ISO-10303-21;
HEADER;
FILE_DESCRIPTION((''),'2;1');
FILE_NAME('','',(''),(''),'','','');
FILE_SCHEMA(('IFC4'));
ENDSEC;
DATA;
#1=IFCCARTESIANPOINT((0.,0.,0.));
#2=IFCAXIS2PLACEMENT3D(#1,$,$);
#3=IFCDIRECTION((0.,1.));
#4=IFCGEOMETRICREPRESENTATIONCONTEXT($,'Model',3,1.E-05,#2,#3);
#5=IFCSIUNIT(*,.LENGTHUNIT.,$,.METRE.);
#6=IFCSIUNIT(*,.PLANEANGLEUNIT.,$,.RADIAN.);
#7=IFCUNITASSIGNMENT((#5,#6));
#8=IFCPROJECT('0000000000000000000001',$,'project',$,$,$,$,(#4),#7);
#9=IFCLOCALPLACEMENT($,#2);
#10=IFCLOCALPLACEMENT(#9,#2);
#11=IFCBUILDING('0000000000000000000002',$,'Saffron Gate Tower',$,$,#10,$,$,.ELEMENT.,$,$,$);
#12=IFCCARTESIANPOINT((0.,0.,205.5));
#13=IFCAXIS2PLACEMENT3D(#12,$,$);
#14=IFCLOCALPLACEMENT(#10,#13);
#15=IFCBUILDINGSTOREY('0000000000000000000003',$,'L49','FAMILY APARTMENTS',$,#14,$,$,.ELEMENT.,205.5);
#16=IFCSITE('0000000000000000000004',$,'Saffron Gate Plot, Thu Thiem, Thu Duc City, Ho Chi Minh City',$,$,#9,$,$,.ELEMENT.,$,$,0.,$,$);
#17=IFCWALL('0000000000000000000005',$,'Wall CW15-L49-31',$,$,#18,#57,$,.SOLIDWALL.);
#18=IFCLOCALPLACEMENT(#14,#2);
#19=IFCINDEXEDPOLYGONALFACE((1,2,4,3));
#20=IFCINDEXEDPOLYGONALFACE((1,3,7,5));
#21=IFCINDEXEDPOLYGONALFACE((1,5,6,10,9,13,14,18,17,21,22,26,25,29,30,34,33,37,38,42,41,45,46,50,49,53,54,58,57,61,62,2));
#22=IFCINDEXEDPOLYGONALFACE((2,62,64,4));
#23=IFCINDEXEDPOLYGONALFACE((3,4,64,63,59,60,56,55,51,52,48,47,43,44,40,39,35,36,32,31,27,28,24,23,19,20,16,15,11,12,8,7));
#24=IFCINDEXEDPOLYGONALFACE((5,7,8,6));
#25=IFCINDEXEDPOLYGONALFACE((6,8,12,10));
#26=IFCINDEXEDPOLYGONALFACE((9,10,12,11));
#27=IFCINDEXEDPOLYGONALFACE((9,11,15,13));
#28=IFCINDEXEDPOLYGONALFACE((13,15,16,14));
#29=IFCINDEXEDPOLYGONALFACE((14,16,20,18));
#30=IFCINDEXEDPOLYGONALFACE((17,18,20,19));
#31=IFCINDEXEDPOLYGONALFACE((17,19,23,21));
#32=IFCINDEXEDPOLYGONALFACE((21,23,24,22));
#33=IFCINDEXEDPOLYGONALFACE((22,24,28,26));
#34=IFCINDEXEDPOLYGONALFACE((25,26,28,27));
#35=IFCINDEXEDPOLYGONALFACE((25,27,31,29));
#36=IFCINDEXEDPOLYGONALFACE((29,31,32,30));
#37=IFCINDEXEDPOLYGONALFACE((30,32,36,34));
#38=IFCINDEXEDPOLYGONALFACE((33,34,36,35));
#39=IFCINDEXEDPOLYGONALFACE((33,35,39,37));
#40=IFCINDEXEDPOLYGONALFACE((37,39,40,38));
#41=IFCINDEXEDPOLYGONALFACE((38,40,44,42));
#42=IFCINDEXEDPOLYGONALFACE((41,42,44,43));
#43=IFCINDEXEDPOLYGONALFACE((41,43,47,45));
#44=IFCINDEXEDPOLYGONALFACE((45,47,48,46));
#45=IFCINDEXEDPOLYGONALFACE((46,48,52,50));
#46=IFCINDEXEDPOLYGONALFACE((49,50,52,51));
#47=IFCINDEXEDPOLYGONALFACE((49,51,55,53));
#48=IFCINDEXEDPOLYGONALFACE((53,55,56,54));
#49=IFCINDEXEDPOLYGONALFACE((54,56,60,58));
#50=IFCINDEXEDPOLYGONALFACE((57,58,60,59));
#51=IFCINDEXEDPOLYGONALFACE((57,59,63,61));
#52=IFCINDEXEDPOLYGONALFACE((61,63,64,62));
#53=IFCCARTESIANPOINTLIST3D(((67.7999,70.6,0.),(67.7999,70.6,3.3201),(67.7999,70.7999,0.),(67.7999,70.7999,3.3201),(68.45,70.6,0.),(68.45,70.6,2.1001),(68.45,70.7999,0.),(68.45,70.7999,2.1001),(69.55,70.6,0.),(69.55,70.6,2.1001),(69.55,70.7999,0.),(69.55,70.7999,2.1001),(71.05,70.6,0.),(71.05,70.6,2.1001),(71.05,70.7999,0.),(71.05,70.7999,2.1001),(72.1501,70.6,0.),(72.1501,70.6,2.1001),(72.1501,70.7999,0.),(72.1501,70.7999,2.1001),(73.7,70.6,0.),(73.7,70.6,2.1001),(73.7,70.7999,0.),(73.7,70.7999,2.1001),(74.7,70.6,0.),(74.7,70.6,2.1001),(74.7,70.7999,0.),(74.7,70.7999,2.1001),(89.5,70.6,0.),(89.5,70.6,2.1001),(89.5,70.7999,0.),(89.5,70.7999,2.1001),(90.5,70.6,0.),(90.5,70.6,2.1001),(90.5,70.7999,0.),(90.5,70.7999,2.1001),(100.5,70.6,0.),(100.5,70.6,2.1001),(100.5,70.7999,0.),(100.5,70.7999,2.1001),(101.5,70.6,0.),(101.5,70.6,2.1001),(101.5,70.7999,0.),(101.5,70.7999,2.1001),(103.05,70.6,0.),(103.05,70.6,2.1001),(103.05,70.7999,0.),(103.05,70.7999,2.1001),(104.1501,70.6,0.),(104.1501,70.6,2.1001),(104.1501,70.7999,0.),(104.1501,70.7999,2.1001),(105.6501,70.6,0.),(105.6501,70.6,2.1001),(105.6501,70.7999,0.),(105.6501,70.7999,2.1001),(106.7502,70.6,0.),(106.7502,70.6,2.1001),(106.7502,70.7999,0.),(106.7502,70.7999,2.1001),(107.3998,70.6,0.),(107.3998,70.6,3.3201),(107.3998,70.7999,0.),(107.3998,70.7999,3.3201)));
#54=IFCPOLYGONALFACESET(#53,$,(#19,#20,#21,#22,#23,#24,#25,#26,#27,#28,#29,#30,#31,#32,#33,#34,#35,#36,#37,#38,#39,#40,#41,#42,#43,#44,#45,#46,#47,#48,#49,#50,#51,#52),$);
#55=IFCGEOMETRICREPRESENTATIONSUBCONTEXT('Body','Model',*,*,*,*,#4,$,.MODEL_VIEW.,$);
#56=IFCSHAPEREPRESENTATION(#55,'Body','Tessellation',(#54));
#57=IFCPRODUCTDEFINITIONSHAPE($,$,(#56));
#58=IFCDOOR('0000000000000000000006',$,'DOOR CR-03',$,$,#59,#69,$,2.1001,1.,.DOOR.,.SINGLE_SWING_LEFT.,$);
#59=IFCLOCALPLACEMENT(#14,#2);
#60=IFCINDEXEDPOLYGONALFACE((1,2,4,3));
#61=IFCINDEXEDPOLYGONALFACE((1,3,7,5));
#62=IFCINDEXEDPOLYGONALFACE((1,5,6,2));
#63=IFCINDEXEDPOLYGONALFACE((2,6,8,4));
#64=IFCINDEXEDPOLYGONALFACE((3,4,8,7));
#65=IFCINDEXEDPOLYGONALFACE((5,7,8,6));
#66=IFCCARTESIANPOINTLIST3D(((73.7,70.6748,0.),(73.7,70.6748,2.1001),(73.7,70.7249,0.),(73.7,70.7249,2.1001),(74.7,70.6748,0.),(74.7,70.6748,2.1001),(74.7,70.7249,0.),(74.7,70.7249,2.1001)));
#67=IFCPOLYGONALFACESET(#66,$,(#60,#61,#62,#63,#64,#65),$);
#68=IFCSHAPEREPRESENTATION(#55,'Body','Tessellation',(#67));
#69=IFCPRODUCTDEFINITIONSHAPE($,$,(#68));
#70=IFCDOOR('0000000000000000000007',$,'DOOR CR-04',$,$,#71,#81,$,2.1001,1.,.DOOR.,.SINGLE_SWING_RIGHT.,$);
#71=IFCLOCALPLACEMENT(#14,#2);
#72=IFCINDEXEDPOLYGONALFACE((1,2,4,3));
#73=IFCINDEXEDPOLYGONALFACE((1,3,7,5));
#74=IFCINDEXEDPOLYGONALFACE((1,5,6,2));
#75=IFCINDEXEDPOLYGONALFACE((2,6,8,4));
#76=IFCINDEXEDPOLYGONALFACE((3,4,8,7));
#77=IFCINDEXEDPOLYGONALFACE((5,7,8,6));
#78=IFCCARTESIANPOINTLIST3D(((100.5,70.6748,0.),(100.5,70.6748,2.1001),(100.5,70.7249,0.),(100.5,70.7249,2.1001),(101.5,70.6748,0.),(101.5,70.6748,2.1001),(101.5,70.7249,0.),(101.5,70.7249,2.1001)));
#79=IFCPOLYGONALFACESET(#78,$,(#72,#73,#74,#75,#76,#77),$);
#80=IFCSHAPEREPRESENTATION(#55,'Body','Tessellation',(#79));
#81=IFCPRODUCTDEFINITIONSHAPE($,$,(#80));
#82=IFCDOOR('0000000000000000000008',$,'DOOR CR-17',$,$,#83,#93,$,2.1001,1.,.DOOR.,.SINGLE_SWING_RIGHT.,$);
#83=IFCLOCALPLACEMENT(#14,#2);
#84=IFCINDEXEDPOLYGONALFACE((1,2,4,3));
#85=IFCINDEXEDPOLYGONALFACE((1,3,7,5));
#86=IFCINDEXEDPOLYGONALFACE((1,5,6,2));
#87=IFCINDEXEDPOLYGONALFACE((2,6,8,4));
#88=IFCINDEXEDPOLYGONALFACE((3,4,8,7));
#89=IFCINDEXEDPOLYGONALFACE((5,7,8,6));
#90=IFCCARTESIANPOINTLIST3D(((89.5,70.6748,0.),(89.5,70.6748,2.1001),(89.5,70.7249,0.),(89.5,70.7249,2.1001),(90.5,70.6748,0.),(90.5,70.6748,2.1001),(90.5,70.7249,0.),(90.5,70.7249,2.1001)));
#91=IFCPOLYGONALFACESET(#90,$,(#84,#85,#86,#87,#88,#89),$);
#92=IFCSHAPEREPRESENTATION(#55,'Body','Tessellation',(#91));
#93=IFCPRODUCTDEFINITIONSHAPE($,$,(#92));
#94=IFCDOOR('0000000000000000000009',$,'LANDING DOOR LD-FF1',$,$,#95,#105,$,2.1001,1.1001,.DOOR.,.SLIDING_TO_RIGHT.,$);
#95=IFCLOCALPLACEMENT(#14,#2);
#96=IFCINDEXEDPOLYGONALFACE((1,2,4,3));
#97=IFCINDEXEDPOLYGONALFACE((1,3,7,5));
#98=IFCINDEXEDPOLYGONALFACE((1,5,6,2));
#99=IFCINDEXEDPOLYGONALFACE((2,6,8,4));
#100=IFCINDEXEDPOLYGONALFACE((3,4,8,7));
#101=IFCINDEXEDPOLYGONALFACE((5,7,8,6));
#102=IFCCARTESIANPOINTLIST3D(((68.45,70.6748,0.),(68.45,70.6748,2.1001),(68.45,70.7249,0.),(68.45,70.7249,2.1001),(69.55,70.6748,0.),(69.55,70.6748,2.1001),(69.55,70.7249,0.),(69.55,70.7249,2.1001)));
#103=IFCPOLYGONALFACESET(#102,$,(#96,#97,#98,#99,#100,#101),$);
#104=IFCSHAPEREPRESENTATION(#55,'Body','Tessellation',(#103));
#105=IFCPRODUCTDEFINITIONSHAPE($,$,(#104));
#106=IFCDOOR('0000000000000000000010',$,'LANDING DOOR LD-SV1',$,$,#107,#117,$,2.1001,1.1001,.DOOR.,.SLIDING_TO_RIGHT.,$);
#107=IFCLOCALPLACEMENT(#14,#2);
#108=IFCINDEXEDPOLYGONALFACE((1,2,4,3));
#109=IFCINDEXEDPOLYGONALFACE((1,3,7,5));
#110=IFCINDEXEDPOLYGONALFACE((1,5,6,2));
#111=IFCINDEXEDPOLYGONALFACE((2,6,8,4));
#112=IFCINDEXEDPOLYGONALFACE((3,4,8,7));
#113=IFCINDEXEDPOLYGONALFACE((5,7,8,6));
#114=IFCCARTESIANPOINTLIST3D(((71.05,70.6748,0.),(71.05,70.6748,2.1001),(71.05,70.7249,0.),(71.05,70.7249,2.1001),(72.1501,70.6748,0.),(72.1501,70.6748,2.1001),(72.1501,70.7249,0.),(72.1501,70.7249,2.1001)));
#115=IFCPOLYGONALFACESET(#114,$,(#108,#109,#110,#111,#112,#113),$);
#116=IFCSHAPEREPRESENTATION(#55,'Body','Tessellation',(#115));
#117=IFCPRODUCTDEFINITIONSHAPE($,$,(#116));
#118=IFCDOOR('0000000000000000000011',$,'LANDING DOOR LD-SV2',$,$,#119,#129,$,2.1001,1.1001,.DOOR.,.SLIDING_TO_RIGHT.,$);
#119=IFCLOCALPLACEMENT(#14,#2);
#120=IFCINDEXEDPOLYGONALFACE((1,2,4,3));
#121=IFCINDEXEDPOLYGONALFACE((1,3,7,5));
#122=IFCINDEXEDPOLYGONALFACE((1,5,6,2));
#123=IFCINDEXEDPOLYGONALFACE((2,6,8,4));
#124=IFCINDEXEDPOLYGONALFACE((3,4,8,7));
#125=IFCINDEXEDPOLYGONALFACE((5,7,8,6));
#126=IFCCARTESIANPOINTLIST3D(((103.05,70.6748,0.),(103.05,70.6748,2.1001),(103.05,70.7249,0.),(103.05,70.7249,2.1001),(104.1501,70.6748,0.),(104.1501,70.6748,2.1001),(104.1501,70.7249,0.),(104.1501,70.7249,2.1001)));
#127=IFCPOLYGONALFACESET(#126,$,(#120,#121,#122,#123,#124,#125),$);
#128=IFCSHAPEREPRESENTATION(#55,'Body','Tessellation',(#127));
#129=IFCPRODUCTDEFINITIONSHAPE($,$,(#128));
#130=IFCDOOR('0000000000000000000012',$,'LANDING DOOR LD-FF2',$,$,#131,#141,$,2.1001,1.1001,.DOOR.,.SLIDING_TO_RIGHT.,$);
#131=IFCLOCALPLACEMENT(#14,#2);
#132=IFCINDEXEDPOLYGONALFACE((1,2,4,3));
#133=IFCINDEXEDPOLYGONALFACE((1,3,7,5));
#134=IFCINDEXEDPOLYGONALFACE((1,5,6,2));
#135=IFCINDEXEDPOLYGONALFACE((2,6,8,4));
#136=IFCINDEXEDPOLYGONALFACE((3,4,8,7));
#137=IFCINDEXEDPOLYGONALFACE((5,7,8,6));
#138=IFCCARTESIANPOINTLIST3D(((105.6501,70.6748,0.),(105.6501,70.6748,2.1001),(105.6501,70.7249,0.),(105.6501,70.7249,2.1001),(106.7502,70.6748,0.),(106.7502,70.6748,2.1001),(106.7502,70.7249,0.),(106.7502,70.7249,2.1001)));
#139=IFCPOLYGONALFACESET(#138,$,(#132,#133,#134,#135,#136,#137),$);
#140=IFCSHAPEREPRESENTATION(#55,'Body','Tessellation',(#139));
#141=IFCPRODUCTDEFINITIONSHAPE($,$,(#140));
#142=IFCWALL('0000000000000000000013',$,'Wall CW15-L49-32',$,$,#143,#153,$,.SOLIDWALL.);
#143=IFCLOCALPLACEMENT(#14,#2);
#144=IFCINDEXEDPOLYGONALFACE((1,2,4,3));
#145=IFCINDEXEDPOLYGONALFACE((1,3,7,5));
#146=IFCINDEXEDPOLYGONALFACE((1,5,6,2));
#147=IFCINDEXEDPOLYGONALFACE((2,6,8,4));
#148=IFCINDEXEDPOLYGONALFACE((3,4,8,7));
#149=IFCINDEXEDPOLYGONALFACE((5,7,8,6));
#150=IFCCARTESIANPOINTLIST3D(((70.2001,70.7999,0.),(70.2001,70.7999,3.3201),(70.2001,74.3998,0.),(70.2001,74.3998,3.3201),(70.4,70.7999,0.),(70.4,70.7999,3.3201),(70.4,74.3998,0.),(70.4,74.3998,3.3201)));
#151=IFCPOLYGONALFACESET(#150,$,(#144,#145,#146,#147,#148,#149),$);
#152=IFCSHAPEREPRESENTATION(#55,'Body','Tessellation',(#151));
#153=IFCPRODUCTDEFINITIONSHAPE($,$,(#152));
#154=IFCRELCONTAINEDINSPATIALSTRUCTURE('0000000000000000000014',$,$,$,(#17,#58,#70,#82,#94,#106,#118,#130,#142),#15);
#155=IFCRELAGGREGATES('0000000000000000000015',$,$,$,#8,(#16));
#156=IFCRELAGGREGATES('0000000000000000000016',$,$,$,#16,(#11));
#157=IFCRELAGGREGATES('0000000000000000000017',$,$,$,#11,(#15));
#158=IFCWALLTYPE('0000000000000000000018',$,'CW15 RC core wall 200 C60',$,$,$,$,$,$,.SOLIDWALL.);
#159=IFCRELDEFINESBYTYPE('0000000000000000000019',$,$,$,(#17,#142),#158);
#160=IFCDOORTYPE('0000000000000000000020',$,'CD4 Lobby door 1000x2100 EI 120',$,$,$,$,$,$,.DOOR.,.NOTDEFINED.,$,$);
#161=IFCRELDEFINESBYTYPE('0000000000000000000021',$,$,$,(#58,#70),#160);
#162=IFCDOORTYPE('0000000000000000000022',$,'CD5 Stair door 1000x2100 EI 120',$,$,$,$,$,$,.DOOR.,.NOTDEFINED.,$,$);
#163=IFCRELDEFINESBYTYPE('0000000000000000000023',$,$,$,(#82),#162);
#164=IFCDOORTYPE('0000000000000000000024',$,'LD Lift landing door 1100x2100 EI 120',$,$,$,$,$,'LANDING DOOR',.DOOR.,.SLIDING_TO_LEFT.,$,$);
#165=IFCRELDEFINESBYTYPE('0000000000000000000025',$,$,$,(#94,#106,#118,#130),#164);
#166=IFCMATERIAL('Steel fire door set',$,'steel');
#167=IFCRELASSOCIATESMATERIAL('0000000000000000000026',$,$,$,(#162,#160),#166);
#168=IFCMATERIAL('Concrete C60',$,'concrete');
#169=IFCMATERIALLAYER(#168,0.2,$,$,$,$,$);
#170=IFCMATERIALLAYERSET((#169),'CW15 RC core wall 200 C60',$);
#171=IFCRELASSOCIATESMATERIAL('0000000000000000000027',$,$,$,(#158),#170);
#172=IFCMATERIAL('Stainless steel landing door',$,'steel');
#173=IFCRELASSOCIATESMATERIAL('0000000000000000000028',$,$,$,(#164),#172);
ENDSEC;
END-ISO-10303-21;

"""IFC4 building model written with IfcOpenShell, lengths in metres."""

from ifc_helpers import new_model, si_unit, direction, frame, frame_2d, origin, place, context, subcontext, project, spatial, rectangle, extrude, material, layer, layer_set, type_object, element, fill, save


model = new_model("IFC4")

# Units and contexts
model_context = context("Model", 3, precision=1e-05, world=origin(), true_north=direction((0.0, 1.0)))
body_context = subcontext(model_context, "Body", "Model", "MODEL_VIEW")
ifc_project = project(units=[si_unit("LENGTHUNIT", "METRE"), si_unit("PLANEANGLEUNIT", "RADIAN")], contexts=[model_context])

# Site, building, storey
site_placement = place(None, origin())
site = spatial("IfcSite", under=ifc_project, at=site_placement, Name="Saffron Gate Plot, Thu Thiem, Thu Duc City, Ho Chi Minh City", CompositionType="ELEMENT", RefElevation=0.0)
building_placement = place(site_placement, origin())
building = spatial("IfcBuilding", under=site, at=building_placement, Name="Saffron Gate Tower", CompositionType="ELEMENT")
storey_placement = place(building_placement, frame((0.0, 0.0, 205.5)))
storey = spatial("IfcBuildingStorey", under=building, at=storey_placement, Name="L49", Description="FAMILY APARTMENTS", CompositionType="ELEMENT", Elevation=205.5)

# Wall, openings, doors
ifc_material_1 = material(Name="Concrete C60", Category="concrete")
ifc_material_2 = material(Name="Steel fire door set", Category="steel")
door_type_1 = type_object("IfcDoorType", Name="CD5 Stair door 1000x2100 EI 120", OperationType="NOTDEFINED", PredefinedType="DOOR", material=ifc_material_2)
ifc_layer_1 = layer(ifc_material_1, 0.2)
ifc_layer_set_1 = layer_set([ifc_layer_1], Name="CW15 RC core wall 200 C60")
wall_type_1 = type_object("IfcWallType", Name="CW15 RC core wall 200 C60", PredefinedType="SOLIDWALL", material=ifc_layer_set_1)
wall_1_placement = place(storey_placement, frame((67.8, 70.7, 0.0), z_axis=(0.0, 0.0, 1.0), x_axis=(1.0, 0.0, 0.0)))
wall_1 = element("IfcWall", 1, at=wall_1_placement, inside=storey, type_object=wall_type_1, Name="Wall CW15-L49-31", PredefinedType="SOLIDWALL", context=body_context, shape_type="SweptSolid", body=[
    extrude(rectangle(XDim=39.5999, YDim=0.2, at=frame_2d((19.7998, 0.0))), origin(), (0.0, 0.0, 1.0), 3.3201),
])
opening_1_placement = place(wall_1_placement, frame((0.6499, 0.0, 0.0)))
opening_1 = element("IfcOpeningElement", 2, at=opening_1_placement, cuts=wall_1, PredefinedType="OPENING", context=body_context, shape_type="SweptSolid", body=[
    extrude(rectangle(XDim=1.1001, YDim=2.1001, at=frame_2d((0.55, 1.05))), frame((0.0, 0.1099, 0.0), z_axis=(0.0, -1.0, 0.0), x_axis=(1.0, 0.0, 0.0)), (0.0, 0.0, 1.0), 0.22),
])
opening_2_placement = place(wall_1_placement, frame((3.25, 0.0, 0.0)))
opening_2 = element("IfcOpeningElement", 3, at=opening_2_placement, cuts=wall_1, PredefinedType="OPENING", context=body_context, shape_type="SweptSolid", body=[
    extrude(rectangle(XDim=1.1001, YDim=2.1001, at=frame_2d((0.55, 1.05))), frame((0.0, 0.1099, 0.0), z_axis=(0.0, -1.0, 0.0), x_axis=(1.0, 0.0, 0.0)), (0.0, 0.0, 1.0), 0.22),
])
opening_3_placement = place(wall_1_placement, frame((5.8999, 0.0, 0.0)))
opening_3 = element("IfcOpeningElement", 4, at=opening_3_placement, cuts=wall_1, PredefinedType="OPENING", context=body_context, shape_type="SweptSolid", body=[
    extrude(rectangle(XDim=1.0, YDim=2.1001, at=frame_2d((0.5, 1.05))), frame((0.0, 0.1099, 0.0), z_axis=(0.0, -1.0, 0.0), x_axis=(1.0, 0.0, 0.0)), (0.0, 0.0, 1.0), 0.22),
])
opening_4_placement = place(wall_1_placement, frame((21.7, 0.0, 0.0)))
opening_4 = element("IfcOpeningElement", 5, at=opening_4_placement, cuts=wall_1, PredefinedType="OPENING", context=body_context, shape_type="SweptSolid", body=[
    extrude(rectangle(XDim=1.0, YDim=2.1001, at=frame_2d((0.5, 1.05))), frame((0.0, 0.1099, 0.0), z_axis=(0.0, -1.0, 0.0), x_axis=(1.0, 0.0, 0.0)), (0.0, 0.0, 1.0), 0.22),
])
opening_5_placement = place(wall_1_placement, frame((32.7, 0.0, 0.0)))
opening_5 = element("IfcOpeningElement", 6, at=opening_5_placement, cuts=wall_1, PredefinedType="OPENING", context=body_context, shape_type="SweptSolid", body=[
    extrude(rectangle(XDim=1.0, YDim=2.1001, at=frame_2d((0.5, 1.05))), frame((0.0, 0.1099, 0.0), z_axis=(0.0, -1.0, 0.0), x_axis=(1.0, 0.0, 0.0)), (0.0, 0.0, 1.0), 0.22),
])
opening_6_placement = place(wall_1_placement, frame((35.25, 0.0, 0.0)))
opening_6 = element("IfcOpeningElement", 7, at=opening_6_placement, cuts=wall_1, PredefinedType="OPENING", context=body_context, shape_type="SweptSolid", body=[
    extrude(rectangle(XDim=1.1001, YDim=2.1001, at=frame_2d((0.55, 1.05))), frame((0.0, 0.1099, 0.0), z_axis=(0.0, -1.0, 0.0), x_axis=(1.0, 0.0, 0.0)), (0.0, 0.0, 1.0), 0.22),
])
opening_7_placement = place(wall_1_placement, frame((37.8501, 0.0, 0.0)))
opening_7 = element("IfcOpeningElement", 8, at=opening_7_placement, cuts=wall_1, PredefinedType="OPENING", context=body_context, shape_type="SweptSolid", body=[
    extrude(rectangle(XDim=1.1001, YDim=2.1001, at=frame_2d((0.55, 1.05))), frame((0.0, 0.1099, 0.0), z_axis=(0.0, -1.0, 0.0), x_axis=(1.0, 0.0, 0.0)), (0.0, 0.0, 1.0), 0.22),
])
door_type_2 = type_object("IfcDoorType", Name="CD4 Lobby door 1000x2100 EI 120", OperationType="NOTDEFINED", PredefinedType="DOOR", material=ifc_material_2)
door_1_placement = place(opening_3_placement, origin())
door_1 = element("IfcDoor", 9, at=door_1_placement, inside=storey, type_object=door_type_2, Name="DOOR CR-03", OperationType="SINGLE_SWING_LEFT", OverallHeight=2.1001, OverallWidth=1.0, PredefinedType="DOOR", context=body_context, shape_type="SweptSolid", body=[
    extrude(rectangle(XDim=1.0, YDim=2.1001, at=frame_2d((0.5, 1.05))), frame((0.0, 0.0249, 0.0), z_axis=(0.0, -1.0, 0.0), x_axis=(1.0, 0.0, 0.0)), (0.0, 0.0, 1.0), 0.05),
])
fill(opening_3, door_1)
door_2_placement = place(opening_5_placement, origin())
door_2 = element("IfcDoor", 10, at=door_2_placement, inside=storey, type_object=door_type_2, Name="DOOR CR-04", OperationType="SINGLE_SWING_RIGHT", OverallHeight=2.1001, OverallWidth=1.0, PredefinedType="DOOR", context=body_context, shape_type="SweptSolid", body=[
    extrude(rectangle(XDim=1.0, YDim=2.1001, at=frame_2d((0.5, 1.05))), frame((0.0, 0.0249, 0.0), z_axis=(0.0, -1.0, 0.0), x_axis=(1.0, 0.0, 0.0)), (0.0, 0.0, 1.0), 0.05),
])
fill(opening_5, door_2)
door_3_placement = place(opening_4_placement, origin())
door_3 = element("IfcDoor", 11, at=door_3_placement, inside=storey, type_object=door_type_1, Name="DOOR CR-17", OperationType="SINGLE_SWING_RIGHT", OverallHeight=2.1001, OverallWidth=1.0, PredefinedType="DOOR", context=body_context, shape_type="SweptSolid", body=[
    extrude(rectangle(XDim=1.0, YDim=2.1001, at=frame_2d((0.5, 1.05))), frame((0.0, 0.0249, 0.0), z_axis=(0.0, -1.0, 0.0), x_axis=(1.0, 0.0, 0.0)), (0.0, 0.0, 1.0), 0.05),
])
fill(opening_4, door_3)
ifc_material_3 = material(Name="Stainless steel landing door", Category="steel")
door_type_3 = type_object("IfcDoorType", Name="LD Lift landing door 1100x2100 EI 120", ElementType="LANDING DOOR", OperationType="SLIDING_TO_LEFT", PredefinedType="DOOR", material=ifc_material_3)
door_4_placement = place(opening_1_placement, origin())
door_4 = element("IfcDoor", 12, at=door_4_placement, inside=storey, type_object=door_type_3, Name="LANDING DOOR LD-FF1", OperationType="SLIDING_TO_RIGHT", OverallHeight=2.1001, OverallWidth=1.1001, PredefinedType="DOOR", context=body_context, shape_type="SweptSolid", body=[
    extrude(rectangle(XDim=1.1001, YDim=2.1001, at=frame_2d((0.55, 1.05))), frame((0.0, 0.0249, 0.0), z_axis=(0.0, -1.0, 0.0), x_axis=(1.0, 0.0, 0.0)), (0.0, 0.0, 1.0), 0.05),
])
fill(opening_1, door_4)
door_5_placement = place(opening_2_placement, origin())
door_5 = element("IfcDoor", 13, at=door_5_placement, inside=storey, type_object=door_type_3, Name="LANDING DOOR LD-SV1", OperationType="SLIDING_TO_RIGHT", OverallHeight=2.1001, OverallWidth=1.1001, PredefinedType="DOOR", context=body_context, shape_type="SweptSolid", body=[
    extrude(rectangle(XDim=1.1001, YDim=2.1001, at=frame_2d((0.55, 1.05))), frame((0.0, 0.0249, 0.0), z_axis=(0.0, -1.0, 0.0), x_axis=(1.0, 0.0, 0.0)), (0.0, 0.0, 1.0), 0.05),
])
fill(opening_2, door_5)
door_6_placement = place(opening_6_placement, origin())
door_6 = element("IfcDoor", 14, at=door_6_placement, inside=storey, type_object=door_type_3, Name="LANDING DOOR LD-SV2", OperationType="SLIDING_TO_RIGHT", OverallHeight=2.1001, OverallWidth=1.1001, PredefinedType="DOOR", context=body_context, shape_type="SweptSolid", body=[
    extrude(rectangle(XDim=1.1001, YDim=2.1001, at=frame_2d((0.55, 1.05))), frame((0.0, 0.0249, 0.0), z_axis=(0.0, -1.0, 0.0), x_axis=(1.0, 0.0, 0.0)), (0.0, 0.0, 1.0), 0.05),
])
fill(opening_6, door_6)
door_7_placement = place(opening_7_placement, origin())
door_7 = element("IfcDoor", 15, at=door_7_placement, inside=storey, type_object=door_type_3, Name="LANDING DOOR LD-FF2", OperationType="SLIDING_TO_RIGHT", OverallHeight=2.1001, OverallWidth=1.1001, PredefinedType="DOOR", context=body_context, shape_type="SweptSolid", body=[
    extrude(rectangle(XDim=1.1001, YDim=2.1001, at=frame_2d((0.55, 1.05))), frame((0.0, 0.0249, 0.0), z_axis=(0.0, -1.0, 0.0), x_axis=(1.0, 0.0, 0.0)), (0.0, 0.0, 1.0), 0.05),
])
fill(opening_7, door_7)

# Wall
wall_2_placement = place(storey_placement, frame((70.3, 70.8, 0.0), z_axis=(0.0, 0.0, 1.0), x_axis=(0.0, 1.0, 0.0)))
element("IfcWall", 16, at=wall_2_placement, inside=storey, type_object=wall_type_1, Name="Wall CW15-L49-32", PredefinedType="SOLIDWALL", context=body_context, shape_type="SweptSolid", body=[
    extrude(rectangle(XDim=3.5999, YDim=0.2, at=frame_2d((1.7998, 0.0))), origin(), (0.0, 0.0, 1.0), 3.3201),
])

save(model, "model.ifc")
